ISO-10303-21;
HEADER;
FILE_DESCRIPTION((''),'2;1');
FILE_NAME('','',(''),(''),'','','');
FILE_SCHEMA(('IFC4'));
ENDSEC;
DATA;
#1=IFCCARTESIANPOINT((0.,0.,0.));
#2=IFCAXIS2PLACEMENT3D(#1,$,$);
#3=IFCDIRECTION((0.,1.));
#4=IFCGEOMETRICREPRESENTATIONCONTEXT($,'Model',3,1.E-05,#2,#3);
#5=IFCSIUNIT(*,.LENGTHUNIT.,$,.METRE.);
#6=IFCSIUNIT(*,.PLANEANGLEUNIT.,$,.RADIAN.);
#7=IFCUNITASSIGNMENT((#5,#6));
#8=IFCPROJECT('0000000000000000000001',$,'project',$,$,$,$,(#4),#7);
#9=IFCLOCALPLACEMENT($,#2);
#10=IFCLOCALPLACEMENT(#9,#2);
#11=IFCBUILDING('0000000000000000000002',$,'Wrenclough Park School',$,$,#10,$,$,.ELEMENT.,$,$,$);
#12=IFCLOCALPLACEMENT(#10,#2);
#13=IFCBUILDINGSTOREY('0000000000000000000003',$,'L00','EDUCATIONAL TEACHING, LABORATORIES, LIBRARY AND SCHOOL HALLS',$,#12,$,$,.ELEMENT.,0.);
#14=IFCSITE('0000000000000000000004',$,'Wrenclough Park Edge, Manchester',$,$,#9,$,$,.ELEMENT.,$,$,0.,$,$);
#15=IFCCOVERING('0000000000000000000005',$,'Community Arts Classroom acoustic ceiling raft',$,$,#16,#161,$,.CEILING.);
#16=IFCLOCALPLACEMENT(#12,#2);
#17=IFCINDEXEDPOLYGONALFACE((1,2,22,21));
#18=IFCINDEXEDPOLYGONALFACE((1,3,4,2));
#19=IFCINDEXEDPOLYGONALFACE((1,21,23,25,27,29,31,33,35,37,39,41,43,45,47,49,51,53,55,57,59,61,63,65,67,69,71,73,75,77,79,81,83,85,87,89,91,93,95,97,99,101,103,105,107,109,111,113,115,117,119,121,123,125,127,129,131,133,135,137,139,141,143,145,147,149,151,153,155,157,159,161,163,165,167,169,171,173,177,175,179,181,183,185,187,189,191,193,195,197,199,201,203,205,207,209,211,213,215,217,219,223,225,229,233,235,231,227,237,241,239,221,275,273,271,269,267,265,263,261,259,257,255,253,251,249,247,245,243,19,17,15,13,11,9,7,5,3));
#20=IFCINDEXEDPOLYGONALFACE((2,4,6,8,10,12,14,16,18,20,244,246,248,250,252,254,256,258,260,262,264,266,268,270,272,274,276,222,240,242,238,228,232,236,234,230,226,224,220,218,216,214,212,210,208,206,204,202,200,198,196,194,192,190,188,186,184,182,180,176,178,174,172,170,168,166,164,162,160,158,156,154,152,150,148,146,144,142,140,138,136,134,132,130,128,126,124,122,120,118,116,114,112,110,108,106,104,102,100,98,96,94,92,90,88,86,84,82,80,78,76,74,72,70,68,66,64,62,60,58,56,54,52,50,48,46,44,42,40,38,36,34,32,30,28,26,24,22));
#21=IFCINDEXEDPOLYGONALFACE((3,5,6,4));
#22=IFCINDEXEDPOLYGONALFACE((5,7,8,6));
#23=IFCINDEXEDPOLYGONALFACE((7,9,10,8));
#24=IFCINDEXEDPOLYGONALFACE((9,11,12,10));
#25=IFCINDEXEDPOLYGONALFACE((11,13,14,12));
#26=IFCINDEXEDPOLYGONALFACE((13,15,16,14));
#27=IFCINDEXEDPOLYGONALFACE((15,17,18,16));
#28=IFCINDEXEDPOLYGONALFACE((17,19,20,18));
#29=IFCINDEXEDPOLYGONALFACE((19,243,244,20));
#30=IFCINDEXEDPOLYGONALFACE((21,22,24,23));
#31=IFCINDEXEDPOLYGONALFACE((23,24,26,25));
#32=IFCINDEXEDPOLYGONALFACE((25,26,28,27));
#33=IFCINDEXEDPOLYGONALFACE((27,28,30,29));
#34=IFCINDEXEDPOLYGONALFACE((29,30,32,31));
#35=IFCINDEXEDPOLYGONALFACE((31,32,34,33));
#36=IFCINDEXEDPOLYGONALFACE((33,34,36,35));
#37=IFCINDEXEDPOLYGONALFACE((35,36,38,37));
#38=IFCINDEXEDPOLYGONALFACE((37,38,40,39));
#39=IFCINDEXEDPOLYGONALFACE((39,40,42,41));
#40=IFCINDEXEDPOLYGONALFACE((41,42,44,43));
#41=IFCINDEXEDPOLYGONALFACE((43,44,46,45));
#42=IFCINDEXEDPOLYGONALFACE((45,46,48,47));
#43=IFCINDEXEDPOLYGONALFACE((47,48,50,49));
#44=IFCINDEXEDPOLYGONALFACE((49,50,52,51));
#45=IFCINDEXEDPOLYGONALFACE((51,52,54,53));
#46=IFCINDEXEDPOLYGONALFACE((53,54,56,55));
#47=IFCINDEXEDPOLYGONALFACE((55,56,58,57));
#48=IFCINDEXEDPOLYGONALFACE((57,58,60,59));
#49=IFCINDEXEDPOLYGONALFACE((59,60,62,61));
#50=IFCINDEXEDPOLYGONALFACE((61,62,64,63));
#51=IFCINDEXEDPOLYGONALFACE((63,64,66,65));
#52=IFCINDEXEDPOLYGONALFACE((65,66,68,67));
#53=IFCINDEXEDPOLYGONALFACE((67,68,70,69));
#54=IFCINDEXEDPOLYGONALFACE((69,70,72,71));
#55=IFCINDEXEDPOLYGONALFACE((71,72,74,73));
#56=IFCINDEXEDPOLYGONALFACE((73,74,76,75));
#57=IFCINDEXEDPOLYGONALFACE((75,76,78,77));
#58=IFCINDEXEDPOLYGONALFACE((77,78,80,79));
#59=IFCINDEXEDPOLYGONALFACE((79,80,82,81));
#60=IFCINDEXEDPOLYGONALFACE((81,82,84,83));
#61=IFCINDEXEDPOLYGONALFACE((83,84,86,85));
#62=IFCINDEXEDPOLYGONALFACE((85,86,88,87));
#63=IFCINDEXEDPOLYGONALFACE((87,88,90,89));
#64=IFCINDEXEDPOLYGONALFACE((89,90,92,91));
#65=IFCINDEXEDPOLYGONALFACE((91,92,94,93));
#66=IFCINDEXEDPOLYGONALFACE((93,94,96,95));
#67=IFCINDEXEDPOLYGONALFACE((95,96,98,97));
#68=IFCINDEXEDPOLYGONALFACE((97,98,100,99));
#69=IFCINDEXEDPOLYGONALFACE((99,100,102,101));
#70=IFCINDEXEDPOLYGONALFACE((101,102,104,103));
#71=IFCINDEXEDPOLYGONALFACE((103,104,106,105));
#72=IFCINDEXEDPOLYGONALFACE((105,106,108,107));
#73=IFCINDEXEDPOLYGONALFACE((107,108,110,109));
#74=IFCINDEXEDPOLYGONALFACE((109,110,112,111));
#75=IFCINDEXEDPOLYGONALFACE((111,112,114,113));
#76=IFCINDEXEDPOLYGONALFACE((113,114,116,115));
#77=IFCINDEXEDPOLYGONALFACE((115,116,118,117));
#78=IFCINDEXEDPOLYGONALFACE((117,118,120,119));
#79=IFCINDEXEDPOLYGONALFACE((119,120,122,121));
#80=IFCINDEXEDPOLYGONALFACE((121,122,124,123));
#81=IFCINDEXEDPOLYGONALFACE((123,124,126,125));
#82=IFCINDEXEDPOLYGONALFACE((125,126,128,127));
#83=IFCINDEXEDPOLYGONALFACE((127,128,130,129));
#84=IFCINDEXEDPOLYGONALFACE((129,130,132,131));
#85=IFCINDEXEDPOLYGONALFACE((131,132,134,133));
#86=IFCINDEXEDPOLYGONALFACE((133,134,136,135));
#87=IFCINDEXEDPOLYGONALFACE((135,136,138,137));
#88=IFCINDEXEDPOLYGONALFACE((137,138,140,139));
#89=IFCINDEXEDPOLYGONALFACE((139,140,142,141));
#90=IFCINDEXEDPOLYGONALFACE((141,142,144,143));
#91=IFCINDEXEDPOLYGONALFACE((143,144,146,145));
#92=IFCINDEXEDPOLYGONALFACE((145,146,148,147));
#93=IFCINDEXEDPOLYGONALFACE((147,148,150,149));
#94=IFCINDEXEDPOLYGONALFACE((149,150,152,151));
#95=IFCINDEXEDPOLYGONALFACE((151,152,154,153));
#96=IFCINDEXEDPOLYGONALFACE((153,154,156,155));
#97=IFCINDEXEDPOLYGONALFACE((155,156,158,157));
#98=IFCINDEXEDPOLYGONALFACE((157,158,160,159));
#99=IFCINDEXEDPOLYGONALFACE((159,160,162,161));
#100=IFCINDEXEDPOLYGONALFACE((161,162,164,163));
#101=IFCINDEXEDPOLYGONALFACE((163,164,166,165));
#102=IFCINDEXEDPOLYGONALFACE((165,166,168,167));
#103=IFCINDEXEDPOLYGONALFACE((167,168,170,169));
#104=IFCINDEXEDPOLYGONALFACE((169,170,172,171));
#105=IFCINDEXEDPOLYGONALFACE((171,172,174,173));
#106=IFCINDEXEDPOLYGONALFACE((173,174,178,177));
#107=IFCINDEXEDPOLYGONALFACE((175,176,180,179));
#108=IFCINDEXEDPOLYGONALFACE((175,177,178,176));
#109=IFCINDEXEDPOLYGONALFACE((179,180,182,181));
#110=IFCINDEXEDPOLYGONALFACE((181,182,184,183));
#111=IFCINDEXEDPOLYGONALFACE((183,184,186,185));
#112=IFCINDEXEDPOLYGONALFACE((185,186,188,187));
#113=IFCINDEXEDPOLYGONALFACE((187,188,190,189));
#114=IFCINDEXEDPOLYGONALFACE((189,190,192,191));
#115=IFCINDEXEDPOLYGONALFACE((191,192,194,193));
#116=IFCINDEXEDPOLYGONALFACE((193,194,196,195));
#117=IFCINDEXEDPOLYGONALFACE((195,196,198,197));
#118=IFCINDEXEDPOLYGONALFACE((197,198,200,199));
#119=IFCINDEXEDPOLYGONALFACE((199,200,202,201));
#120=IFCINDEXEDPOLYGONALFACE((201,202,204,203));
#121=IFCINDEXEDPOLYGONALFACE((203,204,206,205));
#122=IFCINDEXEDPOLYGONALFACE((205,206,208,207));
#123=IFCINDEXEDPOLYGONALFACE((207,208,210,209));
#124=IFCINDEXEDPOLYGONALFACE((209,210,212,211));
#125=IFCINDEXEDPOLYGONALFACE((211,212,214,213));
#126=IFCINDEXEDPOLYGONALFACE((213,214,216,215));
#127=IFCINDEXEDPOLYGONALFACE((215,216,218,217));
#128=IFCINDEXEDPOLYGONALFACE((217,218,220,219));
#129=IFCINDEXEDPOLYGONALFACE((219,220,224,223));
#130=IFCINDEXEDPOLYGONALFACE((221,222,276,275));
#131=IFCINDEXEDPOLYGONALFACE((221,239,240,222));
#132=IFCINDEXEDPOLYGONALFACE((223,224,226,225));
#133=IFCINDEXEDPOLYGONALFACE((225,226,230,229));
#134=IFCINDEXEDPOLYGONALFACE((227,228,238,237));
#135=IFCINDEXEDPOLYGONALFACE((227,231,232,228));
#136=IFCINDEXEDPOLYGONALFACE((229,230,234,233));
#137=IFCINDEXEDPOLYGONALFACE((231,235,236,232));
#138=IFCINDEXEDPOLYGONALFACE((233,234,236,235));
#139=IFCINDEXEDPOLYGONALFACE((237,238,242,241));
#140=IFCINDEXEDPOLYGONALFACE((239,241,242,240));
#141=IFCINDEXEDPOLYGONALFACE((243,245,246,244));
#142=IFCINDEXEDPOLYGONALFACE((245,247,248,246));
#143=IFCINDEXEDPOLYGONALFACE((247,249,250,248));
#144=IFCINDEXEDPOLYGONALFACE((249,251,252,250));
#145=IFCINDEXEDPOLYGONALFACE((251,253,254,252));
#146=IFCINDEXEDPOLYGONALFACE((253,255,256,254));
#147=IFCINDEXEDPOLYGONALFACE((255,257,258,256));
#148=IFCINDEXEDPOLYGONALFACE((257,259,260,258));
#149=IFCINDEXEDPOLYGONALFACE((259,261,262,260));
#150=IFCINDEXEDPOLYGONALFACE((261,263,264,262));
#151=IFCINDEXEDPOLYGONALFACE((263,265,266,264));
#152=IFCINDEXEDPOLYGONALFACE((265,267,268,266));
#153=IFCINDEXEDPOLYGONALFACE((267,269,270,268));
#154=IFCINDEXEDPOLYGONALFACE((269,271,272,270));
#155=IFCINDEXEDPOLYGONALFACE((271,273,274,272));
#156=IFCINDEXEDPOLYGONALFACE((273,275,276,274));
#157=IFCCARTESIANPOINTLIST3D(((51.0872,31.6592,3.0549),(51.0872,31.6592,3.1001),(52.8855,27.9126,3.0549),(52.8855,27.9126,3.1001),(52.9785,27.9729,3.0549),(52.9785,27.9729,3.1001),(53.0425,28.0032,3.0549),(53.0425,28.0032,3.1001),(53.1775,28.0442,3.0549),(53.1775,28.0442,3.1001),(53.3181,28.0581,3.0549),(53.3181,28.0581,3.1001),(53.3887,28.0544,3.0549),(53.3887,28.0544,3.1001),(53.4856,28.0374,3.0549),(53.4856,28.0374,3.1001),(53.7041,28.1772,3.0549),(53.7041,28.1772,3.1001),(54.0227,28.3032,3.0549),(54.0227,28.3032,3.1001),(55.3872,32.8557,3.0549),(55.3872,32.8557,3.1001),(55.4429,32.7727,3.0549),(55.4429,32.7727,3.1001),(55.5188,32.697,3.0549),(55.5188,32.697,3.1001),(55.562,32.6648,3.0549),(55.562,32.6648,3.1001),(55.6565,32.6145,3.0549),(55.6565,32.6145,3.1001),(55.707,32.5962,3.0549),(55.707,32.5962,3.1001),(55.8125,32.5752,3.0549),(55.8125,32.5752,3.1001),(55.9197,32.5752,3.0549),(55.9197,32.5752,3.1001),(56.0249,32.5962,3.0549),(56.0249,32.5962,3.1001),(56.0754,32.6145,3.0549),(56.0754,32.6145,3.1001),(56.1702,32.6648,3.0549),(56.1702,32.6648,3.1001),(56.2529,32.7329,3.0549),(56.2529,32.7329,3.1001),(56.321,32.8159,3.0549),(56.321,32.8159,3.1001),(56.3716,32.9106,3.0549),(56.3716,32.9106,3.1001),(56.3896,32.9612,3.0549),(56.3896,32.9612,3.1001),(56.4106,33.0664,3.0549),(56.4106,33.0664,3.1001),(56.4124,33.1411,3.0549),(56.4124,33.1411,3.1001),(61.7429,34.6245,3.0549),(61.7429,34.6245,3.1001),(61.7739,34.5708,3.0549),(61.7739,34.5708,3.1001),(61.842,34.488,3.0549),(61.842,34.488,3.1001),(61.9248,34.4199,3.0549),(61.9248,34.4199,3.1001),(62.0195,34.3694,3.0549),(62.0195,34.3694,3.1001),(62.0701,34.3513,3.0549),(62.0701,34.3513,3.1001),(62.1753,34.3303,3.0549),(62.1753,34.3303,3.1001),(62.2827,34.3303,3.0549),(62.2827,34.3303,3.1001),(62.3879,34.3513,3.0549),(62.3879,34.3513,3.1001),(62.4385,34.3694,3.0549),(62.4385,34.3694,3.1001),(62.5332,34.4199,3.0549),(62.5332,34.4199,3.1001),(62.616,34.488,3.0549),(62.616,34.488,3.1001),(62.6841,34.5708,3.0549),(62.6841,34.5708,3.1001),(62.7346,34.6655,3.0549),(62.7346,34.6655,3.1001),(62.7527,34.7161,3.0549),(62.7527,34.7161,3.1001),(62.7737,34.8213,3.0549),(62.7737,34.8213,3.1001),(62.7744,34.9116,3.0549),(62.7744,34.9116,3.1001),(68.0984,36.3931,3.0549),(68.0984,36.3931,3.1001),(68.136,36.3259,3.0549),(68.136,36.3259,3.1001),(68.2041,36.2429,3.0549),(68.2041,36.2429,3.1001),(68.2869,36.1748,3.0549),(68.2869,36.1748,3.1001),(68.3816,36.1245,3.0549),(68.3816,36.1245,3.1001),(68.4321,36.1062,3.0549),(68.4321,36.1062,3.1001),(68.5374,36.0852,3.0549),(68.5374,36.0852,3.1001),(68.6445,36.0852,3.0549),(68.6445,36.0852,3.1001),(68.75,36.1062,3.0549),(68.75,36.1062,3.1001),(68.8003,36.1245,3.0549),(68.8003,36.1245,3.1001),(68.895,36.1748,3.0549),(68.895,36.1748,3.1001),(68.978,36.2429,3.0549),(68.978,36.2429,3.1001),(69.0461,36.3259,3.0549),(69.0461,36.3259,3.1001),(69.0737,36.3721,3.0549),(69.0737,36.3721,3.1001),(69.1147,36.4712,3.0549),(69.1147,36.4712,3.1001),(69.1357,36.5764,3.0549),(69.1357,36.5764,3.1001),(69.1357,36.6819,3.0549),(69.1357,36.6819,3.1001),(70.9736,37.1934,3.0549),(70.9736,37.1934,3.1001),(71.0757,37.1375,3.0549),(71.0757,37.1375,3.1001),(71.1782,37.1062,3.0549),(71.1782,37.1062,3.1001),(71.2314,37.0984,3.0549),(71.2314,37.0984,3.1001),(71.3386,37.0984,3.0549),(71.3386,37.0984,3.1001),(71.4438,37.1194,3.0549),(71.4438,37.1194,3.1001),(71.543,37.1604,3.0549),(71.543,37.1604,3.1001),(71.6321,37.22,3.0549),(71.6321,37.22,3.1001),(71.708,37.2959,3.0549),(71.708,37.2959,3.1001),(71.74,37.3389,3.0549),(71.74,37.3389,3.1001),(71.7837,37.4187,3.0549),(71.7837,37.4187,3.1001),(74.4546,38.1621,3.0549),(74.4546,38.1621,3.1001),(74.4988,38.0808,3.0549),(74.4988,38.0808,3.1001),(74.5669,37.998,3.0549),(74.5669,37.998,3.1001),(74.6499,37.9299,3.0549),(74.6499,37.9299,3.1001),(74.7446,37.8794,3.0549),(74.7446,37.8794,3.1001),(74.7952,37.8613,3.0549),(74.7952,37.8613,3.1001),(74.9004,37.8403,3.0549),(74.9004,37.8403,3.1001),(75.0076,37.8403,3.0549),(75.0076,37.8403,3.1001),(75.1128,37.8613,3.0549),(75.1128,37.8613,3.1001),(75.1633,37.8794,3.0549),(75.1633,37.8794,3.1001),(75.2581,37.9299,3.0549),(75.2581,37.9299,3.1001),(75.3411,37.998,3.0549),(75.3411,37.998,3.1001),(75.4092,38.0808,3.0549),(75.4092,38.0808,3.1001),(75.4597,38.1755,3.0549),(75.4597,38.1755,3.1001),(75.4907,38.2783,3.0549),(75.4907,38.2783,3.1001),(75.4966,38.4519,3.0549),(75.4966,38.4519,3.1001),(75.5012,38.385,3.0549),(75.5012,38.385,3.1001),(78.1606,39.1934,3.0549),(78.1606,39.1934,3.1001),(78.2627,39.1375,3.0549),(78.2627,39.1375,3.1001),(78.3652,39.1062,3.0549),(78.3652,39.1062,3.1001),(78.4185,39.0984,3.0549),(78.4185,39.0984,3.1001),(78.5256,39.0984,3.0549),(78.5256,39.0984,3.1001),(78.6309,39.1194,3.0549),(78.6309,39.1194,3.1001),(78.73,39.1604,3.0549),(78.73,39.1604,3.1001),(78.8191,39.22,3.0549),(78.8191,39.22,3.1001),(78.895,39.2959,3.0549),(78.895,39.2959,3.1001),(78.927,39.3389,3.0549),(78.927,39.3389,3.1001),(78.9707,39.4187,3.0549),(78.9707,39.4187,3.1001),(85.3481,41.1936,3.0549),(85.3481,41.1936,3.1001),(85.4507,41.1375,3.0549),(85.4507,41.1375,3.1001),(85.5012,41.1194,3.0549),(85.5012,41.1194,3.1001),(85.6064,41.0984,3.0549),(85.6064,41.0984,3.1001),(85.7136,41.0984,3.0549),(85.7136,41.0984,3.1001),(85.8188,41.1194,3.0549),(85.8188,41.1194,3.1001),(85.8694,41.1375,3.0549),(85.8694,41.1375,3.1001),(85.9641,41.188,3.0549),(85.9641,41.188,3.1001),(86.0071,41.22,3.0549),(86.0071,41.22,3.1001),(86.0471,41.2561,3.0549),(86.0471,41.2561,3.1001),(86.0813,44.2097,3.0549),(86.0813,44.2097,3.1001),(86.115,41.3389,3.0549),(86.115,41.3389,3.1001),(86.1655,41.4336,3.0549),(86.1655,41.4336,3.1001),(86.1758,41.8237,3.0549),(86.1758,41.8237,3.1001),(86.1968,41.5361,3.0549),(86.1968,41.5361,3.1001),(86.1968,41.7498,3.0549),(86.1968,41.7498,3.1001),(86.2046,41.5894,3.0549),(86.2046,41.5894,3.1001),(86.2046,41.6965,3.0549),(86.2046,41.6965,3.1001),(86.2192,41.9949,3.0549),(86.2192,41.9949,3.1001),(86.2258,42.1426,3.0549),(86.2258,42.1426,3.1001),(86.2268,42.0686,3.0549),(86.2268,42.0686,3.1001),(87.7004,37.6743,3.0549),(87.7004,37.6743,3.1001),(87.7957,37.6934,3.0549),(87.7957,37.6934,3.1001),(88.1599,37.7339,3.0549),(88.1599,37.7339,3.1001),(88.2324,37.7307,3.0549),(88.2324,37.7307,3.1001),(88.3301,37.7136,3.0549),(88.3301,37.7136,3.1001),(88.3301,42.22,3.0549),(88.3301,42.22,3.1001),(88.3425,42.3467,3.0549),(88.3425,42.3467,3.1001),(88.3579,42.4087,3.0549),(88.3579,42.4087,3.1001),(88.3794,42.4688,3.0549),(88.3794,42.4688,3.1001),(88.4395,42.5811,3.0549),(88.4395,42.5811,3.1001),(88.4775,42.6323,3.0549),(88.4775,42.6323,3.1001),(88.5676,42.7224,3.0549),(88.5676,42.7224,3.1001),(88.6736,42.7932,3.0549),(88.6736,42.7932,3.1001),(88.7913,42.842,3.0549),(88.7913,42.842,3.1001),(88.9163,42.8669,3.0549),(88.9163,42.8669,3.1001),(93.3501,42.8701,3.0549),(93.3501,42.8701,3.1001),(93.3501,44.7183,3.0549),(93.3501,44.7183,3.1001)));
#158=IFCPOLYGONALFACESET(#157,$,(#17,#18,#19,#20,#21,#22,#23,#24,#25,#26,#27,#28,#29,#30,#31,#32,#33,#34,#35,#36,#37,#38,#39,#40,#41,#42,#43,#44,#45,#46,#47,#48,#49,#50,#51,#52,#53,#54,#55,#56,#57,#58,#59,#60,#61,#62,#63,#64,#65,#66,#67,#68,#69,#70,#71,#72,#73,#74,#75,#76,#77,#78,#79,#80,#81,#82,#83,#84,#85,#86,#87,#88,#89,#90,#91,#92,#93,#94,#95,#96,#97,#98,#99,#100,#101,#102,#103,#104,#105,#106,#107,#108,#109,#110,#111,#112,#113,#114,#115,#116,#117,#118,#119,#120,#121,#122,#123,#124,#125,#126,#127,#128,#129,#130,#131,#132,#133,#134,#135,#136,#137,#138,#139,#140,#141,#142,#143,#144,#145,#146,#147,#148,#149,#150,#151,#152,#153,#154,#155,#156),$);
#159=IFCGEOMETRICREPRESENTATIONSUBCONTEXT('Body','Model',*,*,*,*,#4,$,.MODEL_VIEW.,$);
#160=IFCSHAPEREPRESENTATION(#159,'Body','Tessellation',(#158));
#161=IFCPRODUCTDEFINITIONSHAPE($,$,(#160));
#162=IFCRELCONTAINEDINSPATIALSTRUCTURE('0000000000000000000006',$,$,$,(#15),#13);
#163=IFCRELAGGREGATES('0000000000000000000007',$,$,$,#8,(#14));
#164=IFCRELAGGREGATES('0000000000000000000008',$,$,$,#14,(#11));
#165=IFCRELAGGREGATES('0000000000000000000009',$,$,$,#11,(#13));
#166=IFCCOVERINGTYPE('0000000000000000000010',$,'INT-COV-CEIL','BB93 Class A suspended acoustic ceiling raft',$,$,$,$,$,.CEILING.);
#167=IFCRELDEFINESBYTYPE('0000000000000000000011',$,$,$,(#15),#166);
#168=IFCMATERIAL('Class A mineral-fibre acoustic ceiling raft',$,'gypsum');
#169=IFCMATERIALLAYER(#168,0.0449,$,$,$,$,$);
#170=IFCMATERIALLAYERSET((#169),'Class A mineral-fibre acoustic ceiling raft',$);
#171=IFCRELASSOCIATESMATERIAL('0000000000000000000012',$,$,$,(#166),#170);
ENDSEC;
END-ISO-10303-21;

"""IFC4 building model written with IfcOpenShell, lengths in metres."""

from ifc_helpers import new_model, si_unit, direction, frame, origin, place, context, subcontext, project, spatial, polyline, outline, extrude, material, layer, layer_set, type_object, element, save


model = new_model("IFC4")

# Units and contexts
model_context = context("Model", 3, precision=1e-05, world=origin(), true_north=direction((0.0, 1.0)))
body_context = subcontext(model_context, "Body", "Model", "MODEL_VIEW")
ifc_project = project(units=[si_unit("LENGTHUNIT", "METRE"), si_unit("PLANEANGLEUNIT", "RADIAN")], contexts=[model_context])

# Site, building, storey
site_placement = place(None, origin())
site = spatial("IfcSite", under=ifc_project, at=site_placement, Name="Wrenclough Park Edge, Manchester", CompositionType="ELEMENT", RefElevation=0.0)
building_placement = place(site_placement, origin())
building = spatial("IfcBuilding", under=site, at=building_placement, Name="Wrenclough Park School", CompositionType="ELEMENT")
storey_placement = place(building_placement, origin())
storey = spatial("IfcBuildingStorey", under=building, at=storey_placement, Name="L00", Description="EDUCATIONAL TEACHING, LABORATORIES, LIBRARY AND SCHOOL HALLS", CompositionType="ELEMENT", Elevation=0.0)

# Covering
ifc_material_1 = material(Name="Class A mineral-fibre acoustic ceiling raft", Category="gypsum")
ifc_layer_1 = layer(ifc_material_1, 0.0449)
ifc_layer_set_1 = layer_set([ifc_layer_1], Name="Class A mineral-fibre acoustic ceiling raft")
covering_type_1 = type_object("IfcCoveringType", Name="INT-COV-CEIL", Description="BB93 Class A suspended acoustic ceiling raft", PredefinedType="CEILING", material=ifc_layer_set_1)
covering_1_placement = place(storey_placement, frame((0.0, 0.0, 3.0549)))
element("IfcCovering", 1, at=covering_1_placement, inside=storey, type_object=covering_type_1, Name="Community Arts Classroom acoustic ceiling raft", PredefinedType="CEILING", context=body_context, shape_type="SweptSolid", body=[
    extrude(outline(polyline([(51.0872, 31.6592), (52.8855, 27.9126), (52.9785, 27.9729), (53.0425, 28.0032), (53.1775, 28.0442), (53.3181, 28.0581), (53.3887, 28.0544), (53.4856, 28.0374), (53.7041, 28.1772), (54.0227, 28.3032), (87.7004, 37.6743), (87.7957, 37.6934), (88.1599, 37.7339), (88.2324, 37.7307), (88.3301, 37.7136), (88.3301, 42.22), (88.3425, 42.3467), (88.3579, 42.4087), (88.3794, 42.4688), (88.4395, 42.5811), (88.4775, 42.6323), (88.5676, 42.7224), (88.6736, 42.7932), (88.7913, 42.842), (88.9163, 42.8669), (93.3501, 42.8701), (93.3501, 44.7183), (86.0813, 44.2097), (86.2258, 42.1426), (86.2268, 42.0686), (86.2192, 41.9949), (86.1758, 41.8237), (86.1968, 41.7498), (86.2046, 41.6965), (86.2046, 41.5894), (86.1968, 41.5361), (86.1655, 41.4336), (86.115, 41.3389), (86.0471, 41.2561), (86.0071, 41.22), (85.9641, 41.188), (85.8694, 41.1375), (85.8188, 41.1194), (85.7136, 41.0984), (85.6064, 41.0984), (85.5012, 41.1194), (85.4507, 41.1375), (85.3481, 41.1936), (78.9707, 39.4187), (78.927, 39.3389), (78.895, 39.2959), (78.8191, 39.22), (78.73, 39.1604), (78.6309, 39.1194), (78.5256, 39.0984), (78.4185, 39.0984), (78.3652, 39.1062), (78.2627, 39.1375), (78.1606, 39.1934), (75.4966, 38.4519), (75.5012, 38.385), (75.4907, 38.2783), (75.4597, 38.1755), (75.4092, 38.0808), (75.3411, 37.998), (75.2581, 37.9299), (75.1633, 37.8794), (75.1128, 37.8613), (75.0076, 37.8403), (74.9004, 37.8403), (74.7952, 37.8613), (74.7446, 37.8794), (74.6499, 37.9299), (74.5669, 37.998), (74.4988, 38.0808), (74.4546, 38.1621), (71.7837, 37.4187), (71.74, 37.3389), (71.708, 37.2959), (71.6321, 37.22), (71.543, 37.1604), (71.4438, 37.1194), (71.3386, 37.0984), (71.2314, 37.0984), (71.1782, 37.1062), (71.0757, 37.1375), (70.9736, 37.1934), (69.1357, 36.6819), (69.1357, 36.5764), (69.1147, 36.4712), (69.0737, 36.3721), (69.0461, 36.3259), (68.978, 36.2429), (68.895, 36.1748), (68.8003, 36.1245), (68.75, 36.1062), (68.6445, 36.0852), (68.5374, 36.0852), (68.4321, 36.1062), (68.3816, 36.1245), (68.2869, 36.1748), (68.2041, 36.2429), (68.136, 36.3259), (68.0984, 36.3931), (62.7744, 34.9116), (62.7737, 34.8213), (62.7527, 34.7161), (62.7346, 34.6655), (62.6841, 34.5708), (62.616, 34.488), (62.5332, 34.4199), (62.4385, 34.3694), (62.3879, 34.3513), (62.2827, 34.3303), (62.1753, 34.3303), (62.0701, 34.3513), (62.0195, 34.3694), (61.9248, 34.4199), (61.842, 34.488), (61.7739, 34.5708), (61.7429, 34.6245), (56.4124, 33.1411), (56.4106, 33.0664), (56.3896, 32.9612), (56.3716, 32.9106), (56.321, 32.8159), (56.2529, 32.7329), (56.1702, 32.6648), (56.0754, 32.6145), (56.0249, 32.5962), (55.9197, 32.5752), (55.8125, 32.5752), (55.707, 32.5962), (55.6565, 32.6145), (55.562, 32.6648), (55.5188, 32.697), (55.4429, 32.7727), (55.3872, 32.8557), (51.0872, 31.6592)])), origin(), (0.0, 0.0, 1.0), 0.0452),
])

save(model, "model.ifc")
